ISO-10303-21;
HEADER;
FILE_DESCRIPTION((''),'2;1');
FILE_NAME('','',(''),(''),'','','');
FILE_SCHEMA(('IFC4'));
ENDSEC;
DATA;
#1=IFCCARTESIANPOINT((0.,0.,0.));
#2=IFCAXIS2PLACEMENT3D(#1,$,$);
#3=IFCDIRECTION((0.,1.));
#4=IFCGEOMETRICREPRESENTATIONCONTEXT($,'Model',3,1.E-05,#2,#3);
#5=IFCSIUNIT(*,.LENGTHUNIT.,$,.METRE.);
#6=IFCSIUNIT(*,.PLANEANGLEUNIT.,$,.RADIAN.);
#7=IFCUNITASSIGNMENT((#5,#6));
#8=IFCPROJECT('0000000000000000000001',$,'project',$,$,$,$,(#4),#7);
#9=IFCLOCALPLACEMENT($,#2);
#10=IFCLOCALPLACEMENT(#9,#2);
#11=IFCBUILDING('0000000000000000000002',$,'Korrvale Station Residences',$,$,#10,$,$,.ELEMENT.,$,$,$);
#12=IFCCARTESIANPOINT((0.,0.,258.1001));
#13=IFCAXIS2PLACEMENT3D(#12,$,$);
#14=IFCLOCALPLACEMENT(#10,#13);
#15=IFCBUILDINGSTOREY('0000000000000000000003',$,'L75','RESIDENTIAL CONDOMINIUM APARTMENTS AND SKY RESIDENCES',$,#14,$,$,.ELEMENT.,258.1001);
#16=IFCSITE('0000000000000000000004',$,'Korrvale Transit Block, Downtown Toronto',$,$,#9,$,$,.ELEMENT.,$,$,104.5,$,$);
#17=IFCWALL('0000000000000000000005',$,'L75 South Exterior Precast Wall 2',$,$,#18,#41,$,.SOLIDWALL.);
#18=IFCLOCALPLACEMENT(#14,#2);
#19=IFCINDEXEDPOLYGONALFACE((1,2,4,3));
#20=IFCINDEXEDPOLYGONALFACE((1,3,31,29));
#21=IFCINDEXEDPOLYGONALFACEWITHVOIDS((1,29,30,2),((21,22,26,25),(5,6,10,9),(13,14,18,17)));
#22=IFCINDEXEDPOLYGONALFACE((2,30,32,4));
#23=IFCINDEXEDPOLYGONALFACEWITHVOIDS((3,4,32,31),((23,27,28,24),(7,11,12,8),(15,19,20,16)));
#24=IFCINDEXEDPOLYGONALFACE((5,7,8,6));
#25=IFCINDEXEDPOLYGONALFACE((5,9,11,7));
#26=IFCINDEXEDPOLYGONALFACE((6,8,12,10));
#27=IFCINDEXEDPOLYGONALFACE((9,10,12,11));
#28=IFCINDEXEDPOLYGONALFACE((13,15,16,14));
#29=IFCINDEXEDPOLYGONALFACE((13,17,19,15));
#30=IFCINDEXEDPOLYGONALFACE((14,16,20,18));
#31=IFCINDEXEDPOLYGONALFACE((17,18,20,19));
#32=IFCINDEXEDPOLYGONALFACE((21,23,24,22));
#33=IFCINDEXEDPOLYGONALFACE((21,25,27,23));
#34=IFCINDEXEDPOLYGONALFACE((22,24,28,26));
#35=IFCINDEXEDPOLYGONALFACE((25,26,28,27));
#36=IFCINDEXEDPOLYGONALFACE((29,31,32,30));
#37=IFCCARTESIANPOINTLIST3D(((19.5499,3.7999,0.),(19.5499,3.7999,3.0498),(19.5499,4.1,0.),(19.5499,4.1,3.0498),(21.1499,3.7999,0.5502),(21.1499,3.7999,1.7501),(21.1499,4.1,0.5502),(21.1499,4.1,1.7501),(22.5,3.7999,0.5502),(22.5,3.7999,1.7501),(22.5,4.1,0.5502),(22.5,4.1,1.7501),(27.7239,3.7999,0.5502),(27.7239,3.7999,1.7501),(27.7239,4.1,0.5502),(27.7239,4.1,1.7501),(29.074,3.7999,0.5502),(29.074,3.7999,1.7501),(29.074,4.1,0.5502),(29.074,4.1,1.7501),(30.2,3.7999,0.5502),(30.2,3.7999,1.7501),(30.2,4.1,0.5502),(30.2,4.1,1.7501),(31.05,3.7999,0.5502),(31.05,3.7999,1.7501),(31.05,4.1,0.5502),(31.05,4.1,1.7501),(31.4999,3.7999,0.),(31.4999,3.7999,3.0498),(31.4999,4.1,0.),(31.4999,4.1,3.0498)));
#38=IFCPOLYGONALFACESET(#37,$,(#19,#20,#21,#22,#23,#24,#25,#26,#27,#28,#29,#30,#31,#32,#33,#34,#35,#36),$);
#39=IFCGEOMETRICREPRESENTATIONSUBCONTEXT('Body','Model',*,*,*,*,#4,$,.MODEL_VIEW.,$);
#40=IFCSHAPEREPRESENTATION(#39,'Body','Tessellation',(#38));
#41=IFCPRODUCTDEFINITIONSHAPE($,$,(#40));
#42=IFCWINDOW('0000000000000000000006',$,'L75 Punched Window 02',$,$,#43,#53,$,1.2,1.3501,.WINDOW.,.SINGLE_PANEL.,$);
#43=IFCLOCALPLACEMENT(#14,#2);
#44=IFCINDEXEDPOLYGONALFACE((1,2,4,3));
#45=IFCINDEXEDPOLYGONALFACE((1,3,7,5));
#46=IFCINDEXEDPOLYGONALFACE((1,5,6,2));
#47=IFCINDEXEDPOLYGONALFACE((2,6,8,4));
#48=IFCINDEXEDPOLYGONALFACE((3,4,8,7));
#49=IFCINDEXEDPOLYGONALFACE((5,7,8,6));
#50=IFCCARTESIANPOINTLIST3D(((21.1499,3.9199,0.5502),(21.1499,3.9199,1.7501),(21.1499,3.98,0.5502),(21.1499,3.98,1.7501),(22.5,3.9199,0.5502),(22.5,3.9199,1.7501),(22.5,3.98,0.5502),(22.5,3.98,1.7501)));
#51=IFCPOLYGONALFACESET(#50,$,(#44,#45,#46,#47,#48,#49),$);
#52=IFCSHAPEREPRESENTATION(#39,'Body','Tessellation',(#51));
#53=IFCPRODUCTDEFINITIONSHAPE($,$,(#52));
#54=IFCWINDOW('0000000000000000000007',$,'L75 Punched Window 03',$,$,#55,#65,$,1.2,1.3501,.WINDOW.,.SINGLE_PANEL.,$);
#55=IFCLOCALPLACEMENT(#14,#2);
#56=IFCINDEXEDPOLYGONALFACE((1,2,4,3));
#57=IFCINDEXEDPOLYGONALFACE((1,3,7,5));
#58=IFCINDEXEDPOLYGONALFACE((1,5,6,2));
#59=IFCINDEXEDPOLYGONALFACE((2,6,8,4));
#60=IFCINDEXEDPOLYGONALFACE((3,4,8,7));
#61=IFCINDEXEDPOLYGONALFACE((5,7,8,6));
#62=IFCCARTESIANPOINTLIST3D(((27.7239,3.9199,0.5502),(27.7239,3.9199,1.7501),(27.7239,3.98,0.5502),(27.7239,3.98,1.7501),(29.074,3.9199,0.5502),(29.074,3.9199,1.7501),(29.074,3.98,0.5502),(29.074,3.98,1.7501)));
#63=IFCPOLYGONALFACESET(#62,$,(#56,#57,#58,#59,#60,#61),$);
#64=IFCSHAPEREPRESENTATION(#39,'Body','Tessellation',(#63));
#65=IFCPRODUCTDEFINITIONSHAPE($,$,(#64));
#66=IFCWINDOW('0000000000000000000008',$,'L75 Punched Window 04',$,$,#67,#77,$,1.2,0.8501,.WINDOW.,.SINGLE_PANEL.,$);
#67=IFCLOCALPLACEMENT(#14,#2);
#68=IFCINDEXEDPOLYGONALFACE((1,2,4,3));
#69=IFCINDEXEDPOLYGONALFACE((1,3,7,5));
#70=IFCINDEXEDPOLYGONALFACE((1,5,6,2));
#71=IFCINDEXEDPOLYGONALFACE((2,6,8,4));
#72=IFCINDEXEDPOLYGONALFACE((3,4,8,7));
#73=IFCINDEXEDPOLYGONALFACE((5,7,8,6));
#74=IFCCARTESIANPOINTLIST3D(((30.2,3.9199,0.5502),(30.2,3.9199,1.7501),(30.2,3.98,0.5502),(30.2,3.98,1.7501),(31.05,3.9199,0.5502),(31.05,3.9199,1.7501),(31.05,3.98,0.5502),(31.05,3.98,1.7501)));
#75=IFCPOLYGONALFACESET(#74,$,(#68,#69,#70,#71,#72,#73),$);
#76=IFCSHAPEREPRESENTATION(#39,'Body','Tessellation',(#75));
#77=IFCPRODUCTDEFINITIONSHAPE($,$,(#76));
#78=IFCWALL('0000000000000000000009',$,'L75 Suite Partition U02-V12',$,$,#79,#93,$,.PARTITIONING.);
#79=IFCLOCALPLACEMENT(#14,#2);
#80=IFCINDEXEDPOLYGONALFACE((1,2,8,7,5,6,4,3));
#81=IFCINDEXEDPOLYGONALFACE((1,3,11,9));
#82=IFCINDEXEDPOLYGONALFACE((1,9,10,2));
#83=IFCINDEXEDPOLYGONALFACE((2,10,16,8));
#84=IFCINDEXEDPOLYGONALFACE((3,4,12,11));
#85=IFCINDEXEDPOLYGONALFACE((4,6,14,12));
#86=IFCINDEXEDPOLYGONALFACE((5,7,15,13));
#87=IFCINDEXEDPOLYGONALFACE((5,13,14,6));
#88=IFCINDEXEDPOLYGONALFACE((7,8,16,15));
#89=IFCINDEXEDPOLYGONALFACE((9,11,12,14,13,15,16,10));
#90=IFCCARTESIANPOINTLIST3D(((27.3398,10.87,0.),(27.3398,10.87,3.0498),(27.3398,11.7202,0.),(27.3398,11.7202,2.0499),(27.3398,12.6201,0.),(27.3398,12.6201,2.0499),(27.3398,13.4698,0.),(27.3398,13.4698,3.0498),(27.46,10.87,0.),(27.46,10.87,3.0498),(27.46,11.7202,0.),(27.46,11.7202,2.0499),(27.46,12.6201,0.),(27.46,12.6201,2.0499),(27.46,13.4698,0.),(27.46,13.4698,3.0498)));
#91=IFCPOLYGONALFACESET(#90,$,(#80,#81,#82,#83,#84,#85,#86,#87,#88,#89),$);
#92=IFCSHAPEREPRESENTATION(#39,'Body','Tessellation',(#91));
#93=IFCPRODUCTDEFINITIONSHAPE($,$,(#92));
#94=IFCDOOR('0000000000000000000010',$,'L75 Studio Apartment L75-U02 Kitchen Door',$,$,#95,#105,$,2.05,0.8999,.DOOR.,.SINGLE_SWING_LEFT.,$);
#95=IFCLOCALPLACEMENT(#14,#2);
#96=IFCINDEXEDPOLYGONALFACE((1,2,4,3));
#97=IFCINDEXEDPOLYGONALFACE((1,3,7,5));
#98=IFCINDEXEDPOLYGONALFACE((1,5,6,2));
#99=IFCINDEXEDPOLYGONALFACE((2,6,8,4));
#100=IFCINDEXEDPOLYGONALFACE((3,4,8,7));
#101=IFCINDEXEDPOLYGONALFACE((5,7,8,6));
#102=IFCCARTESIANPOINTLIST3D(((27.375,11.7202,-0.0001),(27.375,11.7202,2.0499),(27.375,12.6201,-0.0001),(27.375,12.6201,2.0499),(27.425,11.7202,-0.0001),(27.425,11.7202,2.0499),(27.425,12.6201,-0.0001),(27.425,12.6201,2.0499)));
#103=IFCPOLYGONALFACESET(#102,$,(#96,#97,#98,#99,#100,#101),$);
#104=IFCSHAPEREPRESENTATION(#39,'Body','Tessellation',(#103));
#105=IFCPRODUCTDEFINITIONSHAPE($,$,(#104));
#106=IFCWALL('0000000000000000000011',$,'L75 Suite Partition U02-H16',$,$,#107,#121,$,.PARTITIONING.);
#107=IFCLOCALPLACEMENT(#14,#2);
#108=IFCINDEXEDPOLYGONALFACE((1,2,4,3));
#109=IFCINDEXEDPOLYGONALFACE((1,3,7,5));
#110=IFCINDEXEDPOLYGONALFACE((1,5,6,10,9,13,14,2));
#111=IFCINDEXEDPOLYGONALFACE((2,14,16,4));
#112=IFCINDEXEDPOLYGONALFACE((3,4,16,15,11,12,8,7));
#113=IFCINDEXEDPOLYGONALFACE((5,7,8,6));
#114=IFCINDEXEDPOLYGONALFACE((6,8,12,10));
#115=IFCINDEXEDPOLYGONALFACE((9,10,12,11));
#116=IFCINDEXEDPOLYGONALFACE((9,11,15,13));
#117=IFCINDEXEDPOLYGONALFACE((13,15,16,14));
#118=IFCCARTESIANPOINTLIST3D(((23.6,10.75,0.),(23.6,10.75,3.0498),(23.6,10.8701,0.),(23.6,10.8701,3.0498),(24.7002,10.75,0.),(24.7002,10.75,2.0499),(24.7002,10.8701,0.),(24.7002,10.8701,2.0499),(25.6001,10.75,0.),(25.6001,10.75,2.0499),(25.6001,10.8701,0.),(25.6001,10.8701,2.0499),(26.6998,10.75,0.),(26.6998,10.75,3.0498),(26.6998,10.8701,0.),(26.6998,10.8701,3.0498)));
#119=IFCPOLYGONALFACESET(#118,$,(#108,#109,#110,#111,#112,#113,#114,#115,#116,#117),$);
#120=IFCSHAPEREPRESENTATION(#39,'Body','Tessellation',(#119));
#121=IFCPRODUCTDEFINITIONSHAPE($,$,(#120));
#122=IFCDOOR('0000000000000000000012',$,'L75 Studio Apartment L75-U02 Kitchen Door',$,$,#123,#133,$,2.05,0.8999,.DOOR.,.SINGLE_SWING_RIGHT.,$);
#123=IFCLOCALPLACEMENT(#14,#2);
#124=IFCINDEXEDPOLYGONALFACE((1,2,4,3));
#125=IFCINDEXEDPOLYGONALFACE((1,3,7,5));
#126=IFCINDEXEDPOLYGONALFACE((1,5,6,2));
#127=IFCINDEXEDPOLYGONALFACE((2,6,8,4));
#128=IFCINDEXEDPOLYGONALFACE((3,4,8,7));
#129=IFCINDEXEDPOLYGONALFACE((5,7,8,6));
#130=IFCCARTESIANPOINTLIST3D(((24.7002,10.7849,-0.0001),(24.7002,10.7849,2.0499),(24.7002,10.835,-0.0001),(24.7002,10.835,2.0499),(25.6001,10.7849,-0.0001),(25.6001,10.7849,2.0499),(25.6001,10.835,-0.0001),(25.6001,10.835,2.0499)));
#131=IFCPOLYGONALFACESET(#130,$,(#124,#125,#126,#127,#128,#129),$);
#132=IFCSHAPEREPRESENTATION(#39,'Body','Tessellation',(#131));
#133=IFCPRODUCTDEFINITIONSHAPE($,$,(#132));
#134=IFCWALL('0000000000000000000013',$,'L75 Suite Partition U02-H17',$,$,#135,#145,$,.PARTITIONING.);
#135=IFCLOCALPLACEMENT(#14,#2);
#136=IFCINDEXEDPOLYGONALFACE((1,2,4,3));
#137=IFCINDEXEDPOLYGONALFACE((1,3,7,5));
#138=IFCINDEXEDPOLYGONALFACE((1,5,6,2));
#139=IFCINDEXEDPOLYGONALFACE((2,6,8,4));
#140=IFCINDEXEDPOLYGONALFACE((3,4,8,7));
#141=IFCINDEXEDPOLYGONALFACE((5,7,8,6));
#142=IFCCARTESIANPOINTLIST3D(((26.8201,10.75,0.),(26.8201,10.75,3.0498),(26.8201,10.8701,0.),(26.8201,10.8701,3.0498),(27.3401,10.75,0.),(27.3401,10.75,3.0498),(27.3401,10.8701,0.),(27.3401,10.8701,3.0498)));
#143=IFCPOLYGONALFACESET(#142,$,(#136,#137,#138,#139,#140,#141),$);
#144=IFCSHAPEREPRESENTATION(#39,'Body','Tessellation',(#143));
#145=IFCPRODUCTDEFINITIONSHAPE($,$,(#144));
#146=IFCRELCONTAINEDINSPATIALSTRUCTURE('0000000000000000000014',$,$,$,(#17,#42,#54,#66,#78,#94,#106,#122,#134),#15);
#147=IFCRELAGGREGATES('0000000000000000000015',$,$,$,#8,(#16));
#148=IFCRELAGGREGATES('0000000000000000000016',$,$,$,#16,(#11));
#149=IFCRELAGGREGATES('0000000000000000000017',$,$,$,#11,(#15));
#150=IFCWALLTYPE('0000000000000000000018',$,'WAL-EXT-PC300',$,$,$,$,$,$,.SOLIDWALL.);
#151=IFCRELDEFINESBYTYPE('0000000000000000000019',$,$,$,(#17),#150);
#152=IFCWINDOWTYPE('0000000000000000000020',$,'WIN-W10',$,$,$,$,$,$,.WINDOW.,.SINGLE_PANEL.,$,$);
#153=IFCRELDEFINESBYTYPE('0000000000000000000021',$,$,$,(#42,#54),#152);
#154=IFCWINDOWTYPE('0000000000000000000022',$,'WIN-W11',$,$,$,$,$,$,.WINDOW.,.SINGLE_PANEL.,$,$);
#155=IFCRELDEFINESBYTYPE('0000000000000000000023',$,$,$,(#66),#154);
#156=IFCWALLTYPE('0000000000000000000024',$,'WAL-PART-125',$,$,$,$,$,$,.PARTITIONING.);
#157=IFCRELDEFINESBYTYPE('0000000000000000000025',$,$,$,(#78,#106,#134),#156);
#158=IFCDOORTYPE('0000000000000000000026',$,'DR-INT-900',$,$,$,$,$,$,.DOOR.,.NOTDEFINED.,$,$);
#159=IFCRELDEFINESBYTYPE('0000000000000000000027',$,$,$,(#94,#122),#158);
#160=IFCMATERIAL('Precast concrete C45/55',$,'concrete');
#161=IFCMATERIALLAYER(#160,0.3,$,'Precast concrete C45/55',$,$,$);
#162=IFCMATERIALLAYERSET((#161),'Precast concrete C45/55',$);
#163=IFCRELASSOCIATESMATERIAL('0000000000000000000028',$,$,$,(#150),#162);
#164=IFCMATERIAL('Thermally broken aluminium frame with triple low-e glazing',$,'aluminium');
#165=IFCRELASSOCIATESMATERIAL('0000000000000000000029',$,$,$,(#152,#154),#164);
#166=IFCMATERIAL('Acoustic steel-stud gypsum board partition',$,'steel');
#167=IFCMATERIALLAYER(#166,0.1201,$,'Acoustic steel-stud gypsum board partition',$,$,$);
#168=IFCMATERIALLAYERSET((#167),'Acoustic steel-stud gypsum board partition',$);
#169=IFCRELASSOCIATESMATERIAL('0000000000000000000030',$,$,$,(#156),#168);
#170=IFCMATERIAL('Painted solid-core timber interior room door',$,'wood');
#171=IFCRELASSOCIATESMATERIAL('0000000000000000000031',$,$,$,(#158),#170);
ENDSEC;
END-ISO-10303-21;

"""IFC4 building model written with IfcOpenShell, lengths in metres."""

from ifc_helpers import new_model, si_unit, direction, frame, frame_2d, origin, place, context, subcontext, project, spatial, rectangle, extrude, material, layer, layer_set, type_object, element, fill, save


model = new_model("IFC4")

# Units and contexts
model_context = context("Model", 3, precision=1e-05, world=origin(), true_north=direction((0.0, 1.0)))
body_context = subcontext(model_context, "Body", "Model", "MODEL_VIEW")
ifc_project = project(units=[si_unit("LENGTHUNIT", "METRE"), si_unit("PLANEANGLEUNIT", "RADIAN")], contexts=[model_context])

# Site, building, storey
site_placement = place(None, origin())
site = spatial("IfcSite", under=ifc_project, at=site_placement, Name="Korrvale Transit Block, Downtown Toronto", CompositionType="ELEMENT", RefElevation=104.5)
building_placement = place(site_placement, origin())
building = spatial("IfcBuilding", under=site, at=building_placement, Name="Korrvale Station Residences", CompositionType="ELEMENT")
storey_placement = place(building_placement, frame((0.0, 0.0, 258.1001)))
storey = spatial("IfcBuildingStorey", under=building, at=storey_placement, Name="L75", Description="RESIDENTIAL CONDOMINIUM APARTMENTS AND SKY RESIDENCES", CompositionType="ELEMENT", Elevation=258.1001)

# Shared definitions
ifc_material_1 = material(Name="Precast concrete C45/55", Category="concrete")

# Wall, openings, windows
ifc_layer_1 = layer(ifc_material_1, 0.3, Name="Precast concrete C45/55")
ifc_layer_set_1 = layer_set([ifc_layer_1], Name="Precast concrete C45/55")
wall_type_1 = type_object("IfcWallType", Name="WAL-EXT-PC300", PredefinedType="SOLIDWALL", material=ifc_layer_set_1)
wall_1_placement = place(storey_placement, frame((31.5, 3.95, 0.0), z_axis=(0.0, 0.0, 1.0), x_axis=(-1.0, 0.0, 0.0)))
wall_1 = element("IfcWall", 1, at=wall_1_placement, inside=storey, type_object=wall_type_1, Name="L75 South Exterior Precast Wall 2", PredefinedType="SOLIDWALL", context=body_context, shape_type="SweptSolid", body=[
    extrude(rectangle(XDim=11.95, YDim=0.3, at=frame_2d((5.9751, 0.0))), origin(), (0.0, 0.0, 1.0), 3.0498),
])
opening_1_placement = place(wall_1_placement, frame((9.0, 0.0, 0.55)))
opening_1 = element("IfcOpeningElement", 2, at=opening_1_placement, cuts=wall_1, PredefinedType="OPENING", context=body_context, shape_type="SweptSolid", body=[
    extrude(rectangle(XDim=1.3501, YDim=1.2, at=frame_2d((0.675, 0.6001))), frame((0.0, 0.1602, 0.0), z_axis=(0.0, -1.0, 0.0), x_axis=(1.0, 0.0, 0.0)), (0.0, 0.0, 1.0), 0.3201),
])
opening_2_placement = place(wall_1_placement, frame((2.426, 0.0, 0.55)))
opening_2 = element("IfcOpeningElement", 3, at=opening_2_placement, cuts=wall_1, PredefinedType="OPENING", context=body_context, shape_type="SweptSolid", body=[
    extrude(rectangle(XDim=1.3501, YDim=1.2, at=frame_2d((0.675, 0.6001))), frame((0.0, 0.1602, 0.0), z_axis=(0.0, -1.0, 0.0), x_axis=(1.0, 0.0, 0.0)), (0.0, 0.0, 1.0), 0.3201),
])
opening_3_placement = place(wall_1_placement, frame((0.45, 0.0, 0.55)))
opening_3 = element("IfcOpeningElement", 4, at=opening_3_placement, cuts=wall_1, PredefinedType="OPENING", context=body_context, shape_type="SweptSolid", body=[
    extrude(rectangle(XDim=0.8501, YDim=1.2, at=frame_2d((0.425, 0.6001))), frame((0.0, 0.1602, 0.0), z_axis=(0.0, -1.0, 0.0), x_axis=(1.0, 0.0, 0.0)), (0.0, 0.0, 1.0), 0.3201),
])
ifc_material_2 = material(Name="Thermally broken aluminium frame with triple low-e glazing", Category="aluminium")
window_type_1 = type_object("IfcWindowType", Name="WIN-W10", PartitioningType="SINGLE_PANEL", PredefinedType="WINDOW", material=ifc_material_2)
window_1_placement = place(opening_1_placement, origin())
window_1 = element("IfcWindow", 5, at=window_1_placement, inside=storey, type_object=window_type_1, Name="L75 Punched Window 02", OverallHeight=1.2, OverallWidth=1.3501, PartitioningType="SINGLE_PANEL", PredefinedType="WINDOW", context=body_context, shape_type="SweptSolid", body=[
    extrude(rectangle(XDim=1.3501, YDim=1.2, at=frame_2d((0.675, 0.6001))), frame((0.0, 0.03, 0.0), z_axis=(0.0, -1.0, 0.0), x_axis=(1.0, 0.0, 0.0)), (0.0, 0.0, 1.0), 0.0601),
])
fill(opening_1, window_1)
window_2_placement = place(opening_2_placement, origin())
window_2 = element("IfcWindow", 6, at=window_2_placement, inside=storey, type_object=window_type_1, Name="L75 Punched Window 03", OverallHeight=1.2, OverallWidth=1.3501, PartitioningType="SINGLE_PANEL", PredefinedType="WINDOW", context=body_context, shape_type="SweptSolid", body=[
    extrude(rectangle(XDim=1.3501, YDim=1.2, at=frame_2d((0.675, 0.6001))), frame((0.0, 0.03, 0.0), z_axis=(0.0, -1.0, 0.0), x_axis=(1.0, 0.0, 0.0)), (0.0, 0.0, 1.0), 0.0601),
])
fill(opening_2, window_2)
window_type_2 = type_object("IfcWindowType", Name="WIN-W11", PartitioningType="SINGLE_PANEL", PredefinedType="WINDOW", material=ifc_material_2)
window_3_placement = place(opening_3_placement, origin())
window_3 = element("IfcWindow", 7, at=window_3_placement, inside=storey, type_object=window_type_2, Name="L75 Punched Window 04", OverallHeight=1.2, OverallWidth=0.8501, PartitioningType="SINGLE_PANEL", PredefinedType="WINDOW", context=body_context, shape_type="SweptSolid", body=[
    extrude(rectangle(XDim=0.8501, YDim=1.2, at=frame_2d((0.425, 0.6001))), frame((0.0, 0.03, 0.0), z_axis=(0.0, -1.0, 0.0), x_axis=(1.0, 0.0, 0.0)), (0.0, 0.0, 1.0), 0.0601),
])
fill(opening_3, window_3)

# Walls, openings, doors
ifc_material_3 = material(Name="Acoustic steel-stud gypsum board partition", Category="steel")
ifc_layer_2 = layer(ifc_material_3, 0.1201, Name="Acoustic steel-stud gypsum board partition")
ifc_layer_set_2 = layer_set([ifc_layer_2], Name="Acoustic steel-stud gypsum board partition")
wall_type_2 = type_object("IfcWallType", Name="WAL-PART-125", PredefinedType="PARTITIONING", material=ifc_layer_set_2)
wall_2_placement = place(storey_placement, frame((27.3999, 10.8701, 0.0), z_axis=(0.0, 0.0, 1.0), x_axis=(0.0, 1.0, 0.0)))
wall_2 = element("IfcWall", 8, at=wall_2_placement, inside=storey, type_object=wall_type_2, Name="L75 Suite Partition U02-V12", PredefinedType="PARTITIONING", context=body_context, shape_type="SweptSolid", body=[
    extrude(rectangle(XDim=2.5999, YDim=0.1201, at=frame_2d((1.2998, 0.0))), origin(), (0.0, 0.0, 1.0), 3.0498),
])
opening_4_placement = place(wall_2_placement, frame((0.8501, 0.0, 0.0)))
opening_4 = element("IfcOpeningElement", 9, at=opening_4_placement, cuts=wall_2, PredefinedType="OPENING", context=body_context, shape_type="SweptSolid", body=[
    extrude(rectangle(XDim=0.8999, YDim=2.05, at=frame_2d((0.45, 1.0249))), frame((0.0, 0.0701, 0.0), z_axis=(0.0, -1.0, 0.0), x_axis=(1.0, 0.0, 0.0)), (0.0, 0.0, 1.0), 0.1401),
])
ifc_material_4 = material(Name="Painted solid-core timber interior room door", Category="wood")
door_type = type_object("IfcDoorType", Name="DR-INT-900", OperationType="NOTDEFINED", PredefinedType="DOOR", material=ifc_material_4)
door_1_placement = place(opening_4_placement, origin())
door_1 = element("IfcDoor", 10, at=door_1_placement, inside=storey, type_object=door_type, Name="L75 Studio Apartment L75-U02 Kitchen Door", OperationType="SINGLE_SWING_LEFT", OverallHeight=2.05, OverallWidth=0.8999, PredefinedType="DOOR", context=body_context, shape_type="SweptSolid", body=[
    extrude(rectangle(XDim=0.8999, YDim=2.05, at=frame_2d((0.45, 1.0249))), frame((0.0, 0.0249, 0.0), z_axis=(0.0, -1.0, 0.0), x_axis=(1.0, 0.0, 0.0)), (0.0, 0.0, 1.0), 0.05),
])
fill(opening_4, door_1)
wall_3_placement = place(storey_placement, frame((23.6001, 10.8101, 0.0), z_axis=(0.0, 0.0, 1.0), x_axis=(1.0, 0.0, 0.0)))
wall_3 = element("IfcWall", 11, at=wall_3_placement, inside=storey, type_object=wall_type_2, Name="L75 Suite Partition U02-H16", PredefinedType="PARTITIONING", context=body_context, shape_type="SweptSolid", body=[
    extrude(rectangle(XDim=3.0999, YDim=0.1201, at=frame_2d((1.5498, 0.0))), origin(), (0.0, 0.0, 1.0), 3.0498),
])
opening_5_placement = place(wall_3_placement, frame((1.1001, 0.0, 0.0)))
opening_5 = element("IfcOpeningElement", 12, at=opening_5_placement, cuts=wall_3, PredefinedType="OPENING", context=body_context, shape_type="SweptSolid", body=[
    extrude(rectangle(XDim=0.8999, YDim=2.05, at=frame_2d((0.45, 1.0249))), frame((0.0, 0.0701, 0.0), z_axis=(0.0, -1.0, 0.0), x_axis=(1.0, 0.0, 0.0)), (0.0, 0.0, 1.0), 0.1401),
])
door_2_placement = place(opening_5_placement, origin())
door_2 = element("IfcDoor", 13, at=door_2_placement, inside=storey, type_object=door_type, Name="L75 Studio Apartment L75-U02 Kitchen Door", OperationType="SINGLE_SWING_RIGHT", OverallHeight=2.05, OverallWidth=0.8999, PredefinedType="DOOR", context=body_context, shape_type="SweptSolid", body=[
    extrude(rectangle(XDim=0.8999, YDim=2.05, at=frame_2d((0.45, 1.0249))), frame((0.0, 0.0249, 0.0), z_axis=(0.0, -1.0, 0.0), x_axis=(1.0, 0.0, 0.0)), (0.0, 0.0, 1.0), 0.05),
])
fill(opening_5, door_2)

# Wall
wall_4_placement = place(storey_placement, frame((26.8201, 10.8101, 0.0), z_axis=(0.0, 0.0, 1.0), x_axis=(1.0, 0.0, 0.0)))
element("IfcWall", 14, at=wall_4_placement, inside=storey, type_object=wall_type_2, Name="L75 Suite Partition U02-H17", PredefinedType="PARTITIONING", context=body_context, shape_type="SweptSolid", body=[
    extrude(rectangle(XDim=0.52, YDim=0.1201, at=frame_2d((0.26, 0.0))), origin(), (0.0, 0.0, 1.0), 3.0498),
])

save(model, "model.ifc")
